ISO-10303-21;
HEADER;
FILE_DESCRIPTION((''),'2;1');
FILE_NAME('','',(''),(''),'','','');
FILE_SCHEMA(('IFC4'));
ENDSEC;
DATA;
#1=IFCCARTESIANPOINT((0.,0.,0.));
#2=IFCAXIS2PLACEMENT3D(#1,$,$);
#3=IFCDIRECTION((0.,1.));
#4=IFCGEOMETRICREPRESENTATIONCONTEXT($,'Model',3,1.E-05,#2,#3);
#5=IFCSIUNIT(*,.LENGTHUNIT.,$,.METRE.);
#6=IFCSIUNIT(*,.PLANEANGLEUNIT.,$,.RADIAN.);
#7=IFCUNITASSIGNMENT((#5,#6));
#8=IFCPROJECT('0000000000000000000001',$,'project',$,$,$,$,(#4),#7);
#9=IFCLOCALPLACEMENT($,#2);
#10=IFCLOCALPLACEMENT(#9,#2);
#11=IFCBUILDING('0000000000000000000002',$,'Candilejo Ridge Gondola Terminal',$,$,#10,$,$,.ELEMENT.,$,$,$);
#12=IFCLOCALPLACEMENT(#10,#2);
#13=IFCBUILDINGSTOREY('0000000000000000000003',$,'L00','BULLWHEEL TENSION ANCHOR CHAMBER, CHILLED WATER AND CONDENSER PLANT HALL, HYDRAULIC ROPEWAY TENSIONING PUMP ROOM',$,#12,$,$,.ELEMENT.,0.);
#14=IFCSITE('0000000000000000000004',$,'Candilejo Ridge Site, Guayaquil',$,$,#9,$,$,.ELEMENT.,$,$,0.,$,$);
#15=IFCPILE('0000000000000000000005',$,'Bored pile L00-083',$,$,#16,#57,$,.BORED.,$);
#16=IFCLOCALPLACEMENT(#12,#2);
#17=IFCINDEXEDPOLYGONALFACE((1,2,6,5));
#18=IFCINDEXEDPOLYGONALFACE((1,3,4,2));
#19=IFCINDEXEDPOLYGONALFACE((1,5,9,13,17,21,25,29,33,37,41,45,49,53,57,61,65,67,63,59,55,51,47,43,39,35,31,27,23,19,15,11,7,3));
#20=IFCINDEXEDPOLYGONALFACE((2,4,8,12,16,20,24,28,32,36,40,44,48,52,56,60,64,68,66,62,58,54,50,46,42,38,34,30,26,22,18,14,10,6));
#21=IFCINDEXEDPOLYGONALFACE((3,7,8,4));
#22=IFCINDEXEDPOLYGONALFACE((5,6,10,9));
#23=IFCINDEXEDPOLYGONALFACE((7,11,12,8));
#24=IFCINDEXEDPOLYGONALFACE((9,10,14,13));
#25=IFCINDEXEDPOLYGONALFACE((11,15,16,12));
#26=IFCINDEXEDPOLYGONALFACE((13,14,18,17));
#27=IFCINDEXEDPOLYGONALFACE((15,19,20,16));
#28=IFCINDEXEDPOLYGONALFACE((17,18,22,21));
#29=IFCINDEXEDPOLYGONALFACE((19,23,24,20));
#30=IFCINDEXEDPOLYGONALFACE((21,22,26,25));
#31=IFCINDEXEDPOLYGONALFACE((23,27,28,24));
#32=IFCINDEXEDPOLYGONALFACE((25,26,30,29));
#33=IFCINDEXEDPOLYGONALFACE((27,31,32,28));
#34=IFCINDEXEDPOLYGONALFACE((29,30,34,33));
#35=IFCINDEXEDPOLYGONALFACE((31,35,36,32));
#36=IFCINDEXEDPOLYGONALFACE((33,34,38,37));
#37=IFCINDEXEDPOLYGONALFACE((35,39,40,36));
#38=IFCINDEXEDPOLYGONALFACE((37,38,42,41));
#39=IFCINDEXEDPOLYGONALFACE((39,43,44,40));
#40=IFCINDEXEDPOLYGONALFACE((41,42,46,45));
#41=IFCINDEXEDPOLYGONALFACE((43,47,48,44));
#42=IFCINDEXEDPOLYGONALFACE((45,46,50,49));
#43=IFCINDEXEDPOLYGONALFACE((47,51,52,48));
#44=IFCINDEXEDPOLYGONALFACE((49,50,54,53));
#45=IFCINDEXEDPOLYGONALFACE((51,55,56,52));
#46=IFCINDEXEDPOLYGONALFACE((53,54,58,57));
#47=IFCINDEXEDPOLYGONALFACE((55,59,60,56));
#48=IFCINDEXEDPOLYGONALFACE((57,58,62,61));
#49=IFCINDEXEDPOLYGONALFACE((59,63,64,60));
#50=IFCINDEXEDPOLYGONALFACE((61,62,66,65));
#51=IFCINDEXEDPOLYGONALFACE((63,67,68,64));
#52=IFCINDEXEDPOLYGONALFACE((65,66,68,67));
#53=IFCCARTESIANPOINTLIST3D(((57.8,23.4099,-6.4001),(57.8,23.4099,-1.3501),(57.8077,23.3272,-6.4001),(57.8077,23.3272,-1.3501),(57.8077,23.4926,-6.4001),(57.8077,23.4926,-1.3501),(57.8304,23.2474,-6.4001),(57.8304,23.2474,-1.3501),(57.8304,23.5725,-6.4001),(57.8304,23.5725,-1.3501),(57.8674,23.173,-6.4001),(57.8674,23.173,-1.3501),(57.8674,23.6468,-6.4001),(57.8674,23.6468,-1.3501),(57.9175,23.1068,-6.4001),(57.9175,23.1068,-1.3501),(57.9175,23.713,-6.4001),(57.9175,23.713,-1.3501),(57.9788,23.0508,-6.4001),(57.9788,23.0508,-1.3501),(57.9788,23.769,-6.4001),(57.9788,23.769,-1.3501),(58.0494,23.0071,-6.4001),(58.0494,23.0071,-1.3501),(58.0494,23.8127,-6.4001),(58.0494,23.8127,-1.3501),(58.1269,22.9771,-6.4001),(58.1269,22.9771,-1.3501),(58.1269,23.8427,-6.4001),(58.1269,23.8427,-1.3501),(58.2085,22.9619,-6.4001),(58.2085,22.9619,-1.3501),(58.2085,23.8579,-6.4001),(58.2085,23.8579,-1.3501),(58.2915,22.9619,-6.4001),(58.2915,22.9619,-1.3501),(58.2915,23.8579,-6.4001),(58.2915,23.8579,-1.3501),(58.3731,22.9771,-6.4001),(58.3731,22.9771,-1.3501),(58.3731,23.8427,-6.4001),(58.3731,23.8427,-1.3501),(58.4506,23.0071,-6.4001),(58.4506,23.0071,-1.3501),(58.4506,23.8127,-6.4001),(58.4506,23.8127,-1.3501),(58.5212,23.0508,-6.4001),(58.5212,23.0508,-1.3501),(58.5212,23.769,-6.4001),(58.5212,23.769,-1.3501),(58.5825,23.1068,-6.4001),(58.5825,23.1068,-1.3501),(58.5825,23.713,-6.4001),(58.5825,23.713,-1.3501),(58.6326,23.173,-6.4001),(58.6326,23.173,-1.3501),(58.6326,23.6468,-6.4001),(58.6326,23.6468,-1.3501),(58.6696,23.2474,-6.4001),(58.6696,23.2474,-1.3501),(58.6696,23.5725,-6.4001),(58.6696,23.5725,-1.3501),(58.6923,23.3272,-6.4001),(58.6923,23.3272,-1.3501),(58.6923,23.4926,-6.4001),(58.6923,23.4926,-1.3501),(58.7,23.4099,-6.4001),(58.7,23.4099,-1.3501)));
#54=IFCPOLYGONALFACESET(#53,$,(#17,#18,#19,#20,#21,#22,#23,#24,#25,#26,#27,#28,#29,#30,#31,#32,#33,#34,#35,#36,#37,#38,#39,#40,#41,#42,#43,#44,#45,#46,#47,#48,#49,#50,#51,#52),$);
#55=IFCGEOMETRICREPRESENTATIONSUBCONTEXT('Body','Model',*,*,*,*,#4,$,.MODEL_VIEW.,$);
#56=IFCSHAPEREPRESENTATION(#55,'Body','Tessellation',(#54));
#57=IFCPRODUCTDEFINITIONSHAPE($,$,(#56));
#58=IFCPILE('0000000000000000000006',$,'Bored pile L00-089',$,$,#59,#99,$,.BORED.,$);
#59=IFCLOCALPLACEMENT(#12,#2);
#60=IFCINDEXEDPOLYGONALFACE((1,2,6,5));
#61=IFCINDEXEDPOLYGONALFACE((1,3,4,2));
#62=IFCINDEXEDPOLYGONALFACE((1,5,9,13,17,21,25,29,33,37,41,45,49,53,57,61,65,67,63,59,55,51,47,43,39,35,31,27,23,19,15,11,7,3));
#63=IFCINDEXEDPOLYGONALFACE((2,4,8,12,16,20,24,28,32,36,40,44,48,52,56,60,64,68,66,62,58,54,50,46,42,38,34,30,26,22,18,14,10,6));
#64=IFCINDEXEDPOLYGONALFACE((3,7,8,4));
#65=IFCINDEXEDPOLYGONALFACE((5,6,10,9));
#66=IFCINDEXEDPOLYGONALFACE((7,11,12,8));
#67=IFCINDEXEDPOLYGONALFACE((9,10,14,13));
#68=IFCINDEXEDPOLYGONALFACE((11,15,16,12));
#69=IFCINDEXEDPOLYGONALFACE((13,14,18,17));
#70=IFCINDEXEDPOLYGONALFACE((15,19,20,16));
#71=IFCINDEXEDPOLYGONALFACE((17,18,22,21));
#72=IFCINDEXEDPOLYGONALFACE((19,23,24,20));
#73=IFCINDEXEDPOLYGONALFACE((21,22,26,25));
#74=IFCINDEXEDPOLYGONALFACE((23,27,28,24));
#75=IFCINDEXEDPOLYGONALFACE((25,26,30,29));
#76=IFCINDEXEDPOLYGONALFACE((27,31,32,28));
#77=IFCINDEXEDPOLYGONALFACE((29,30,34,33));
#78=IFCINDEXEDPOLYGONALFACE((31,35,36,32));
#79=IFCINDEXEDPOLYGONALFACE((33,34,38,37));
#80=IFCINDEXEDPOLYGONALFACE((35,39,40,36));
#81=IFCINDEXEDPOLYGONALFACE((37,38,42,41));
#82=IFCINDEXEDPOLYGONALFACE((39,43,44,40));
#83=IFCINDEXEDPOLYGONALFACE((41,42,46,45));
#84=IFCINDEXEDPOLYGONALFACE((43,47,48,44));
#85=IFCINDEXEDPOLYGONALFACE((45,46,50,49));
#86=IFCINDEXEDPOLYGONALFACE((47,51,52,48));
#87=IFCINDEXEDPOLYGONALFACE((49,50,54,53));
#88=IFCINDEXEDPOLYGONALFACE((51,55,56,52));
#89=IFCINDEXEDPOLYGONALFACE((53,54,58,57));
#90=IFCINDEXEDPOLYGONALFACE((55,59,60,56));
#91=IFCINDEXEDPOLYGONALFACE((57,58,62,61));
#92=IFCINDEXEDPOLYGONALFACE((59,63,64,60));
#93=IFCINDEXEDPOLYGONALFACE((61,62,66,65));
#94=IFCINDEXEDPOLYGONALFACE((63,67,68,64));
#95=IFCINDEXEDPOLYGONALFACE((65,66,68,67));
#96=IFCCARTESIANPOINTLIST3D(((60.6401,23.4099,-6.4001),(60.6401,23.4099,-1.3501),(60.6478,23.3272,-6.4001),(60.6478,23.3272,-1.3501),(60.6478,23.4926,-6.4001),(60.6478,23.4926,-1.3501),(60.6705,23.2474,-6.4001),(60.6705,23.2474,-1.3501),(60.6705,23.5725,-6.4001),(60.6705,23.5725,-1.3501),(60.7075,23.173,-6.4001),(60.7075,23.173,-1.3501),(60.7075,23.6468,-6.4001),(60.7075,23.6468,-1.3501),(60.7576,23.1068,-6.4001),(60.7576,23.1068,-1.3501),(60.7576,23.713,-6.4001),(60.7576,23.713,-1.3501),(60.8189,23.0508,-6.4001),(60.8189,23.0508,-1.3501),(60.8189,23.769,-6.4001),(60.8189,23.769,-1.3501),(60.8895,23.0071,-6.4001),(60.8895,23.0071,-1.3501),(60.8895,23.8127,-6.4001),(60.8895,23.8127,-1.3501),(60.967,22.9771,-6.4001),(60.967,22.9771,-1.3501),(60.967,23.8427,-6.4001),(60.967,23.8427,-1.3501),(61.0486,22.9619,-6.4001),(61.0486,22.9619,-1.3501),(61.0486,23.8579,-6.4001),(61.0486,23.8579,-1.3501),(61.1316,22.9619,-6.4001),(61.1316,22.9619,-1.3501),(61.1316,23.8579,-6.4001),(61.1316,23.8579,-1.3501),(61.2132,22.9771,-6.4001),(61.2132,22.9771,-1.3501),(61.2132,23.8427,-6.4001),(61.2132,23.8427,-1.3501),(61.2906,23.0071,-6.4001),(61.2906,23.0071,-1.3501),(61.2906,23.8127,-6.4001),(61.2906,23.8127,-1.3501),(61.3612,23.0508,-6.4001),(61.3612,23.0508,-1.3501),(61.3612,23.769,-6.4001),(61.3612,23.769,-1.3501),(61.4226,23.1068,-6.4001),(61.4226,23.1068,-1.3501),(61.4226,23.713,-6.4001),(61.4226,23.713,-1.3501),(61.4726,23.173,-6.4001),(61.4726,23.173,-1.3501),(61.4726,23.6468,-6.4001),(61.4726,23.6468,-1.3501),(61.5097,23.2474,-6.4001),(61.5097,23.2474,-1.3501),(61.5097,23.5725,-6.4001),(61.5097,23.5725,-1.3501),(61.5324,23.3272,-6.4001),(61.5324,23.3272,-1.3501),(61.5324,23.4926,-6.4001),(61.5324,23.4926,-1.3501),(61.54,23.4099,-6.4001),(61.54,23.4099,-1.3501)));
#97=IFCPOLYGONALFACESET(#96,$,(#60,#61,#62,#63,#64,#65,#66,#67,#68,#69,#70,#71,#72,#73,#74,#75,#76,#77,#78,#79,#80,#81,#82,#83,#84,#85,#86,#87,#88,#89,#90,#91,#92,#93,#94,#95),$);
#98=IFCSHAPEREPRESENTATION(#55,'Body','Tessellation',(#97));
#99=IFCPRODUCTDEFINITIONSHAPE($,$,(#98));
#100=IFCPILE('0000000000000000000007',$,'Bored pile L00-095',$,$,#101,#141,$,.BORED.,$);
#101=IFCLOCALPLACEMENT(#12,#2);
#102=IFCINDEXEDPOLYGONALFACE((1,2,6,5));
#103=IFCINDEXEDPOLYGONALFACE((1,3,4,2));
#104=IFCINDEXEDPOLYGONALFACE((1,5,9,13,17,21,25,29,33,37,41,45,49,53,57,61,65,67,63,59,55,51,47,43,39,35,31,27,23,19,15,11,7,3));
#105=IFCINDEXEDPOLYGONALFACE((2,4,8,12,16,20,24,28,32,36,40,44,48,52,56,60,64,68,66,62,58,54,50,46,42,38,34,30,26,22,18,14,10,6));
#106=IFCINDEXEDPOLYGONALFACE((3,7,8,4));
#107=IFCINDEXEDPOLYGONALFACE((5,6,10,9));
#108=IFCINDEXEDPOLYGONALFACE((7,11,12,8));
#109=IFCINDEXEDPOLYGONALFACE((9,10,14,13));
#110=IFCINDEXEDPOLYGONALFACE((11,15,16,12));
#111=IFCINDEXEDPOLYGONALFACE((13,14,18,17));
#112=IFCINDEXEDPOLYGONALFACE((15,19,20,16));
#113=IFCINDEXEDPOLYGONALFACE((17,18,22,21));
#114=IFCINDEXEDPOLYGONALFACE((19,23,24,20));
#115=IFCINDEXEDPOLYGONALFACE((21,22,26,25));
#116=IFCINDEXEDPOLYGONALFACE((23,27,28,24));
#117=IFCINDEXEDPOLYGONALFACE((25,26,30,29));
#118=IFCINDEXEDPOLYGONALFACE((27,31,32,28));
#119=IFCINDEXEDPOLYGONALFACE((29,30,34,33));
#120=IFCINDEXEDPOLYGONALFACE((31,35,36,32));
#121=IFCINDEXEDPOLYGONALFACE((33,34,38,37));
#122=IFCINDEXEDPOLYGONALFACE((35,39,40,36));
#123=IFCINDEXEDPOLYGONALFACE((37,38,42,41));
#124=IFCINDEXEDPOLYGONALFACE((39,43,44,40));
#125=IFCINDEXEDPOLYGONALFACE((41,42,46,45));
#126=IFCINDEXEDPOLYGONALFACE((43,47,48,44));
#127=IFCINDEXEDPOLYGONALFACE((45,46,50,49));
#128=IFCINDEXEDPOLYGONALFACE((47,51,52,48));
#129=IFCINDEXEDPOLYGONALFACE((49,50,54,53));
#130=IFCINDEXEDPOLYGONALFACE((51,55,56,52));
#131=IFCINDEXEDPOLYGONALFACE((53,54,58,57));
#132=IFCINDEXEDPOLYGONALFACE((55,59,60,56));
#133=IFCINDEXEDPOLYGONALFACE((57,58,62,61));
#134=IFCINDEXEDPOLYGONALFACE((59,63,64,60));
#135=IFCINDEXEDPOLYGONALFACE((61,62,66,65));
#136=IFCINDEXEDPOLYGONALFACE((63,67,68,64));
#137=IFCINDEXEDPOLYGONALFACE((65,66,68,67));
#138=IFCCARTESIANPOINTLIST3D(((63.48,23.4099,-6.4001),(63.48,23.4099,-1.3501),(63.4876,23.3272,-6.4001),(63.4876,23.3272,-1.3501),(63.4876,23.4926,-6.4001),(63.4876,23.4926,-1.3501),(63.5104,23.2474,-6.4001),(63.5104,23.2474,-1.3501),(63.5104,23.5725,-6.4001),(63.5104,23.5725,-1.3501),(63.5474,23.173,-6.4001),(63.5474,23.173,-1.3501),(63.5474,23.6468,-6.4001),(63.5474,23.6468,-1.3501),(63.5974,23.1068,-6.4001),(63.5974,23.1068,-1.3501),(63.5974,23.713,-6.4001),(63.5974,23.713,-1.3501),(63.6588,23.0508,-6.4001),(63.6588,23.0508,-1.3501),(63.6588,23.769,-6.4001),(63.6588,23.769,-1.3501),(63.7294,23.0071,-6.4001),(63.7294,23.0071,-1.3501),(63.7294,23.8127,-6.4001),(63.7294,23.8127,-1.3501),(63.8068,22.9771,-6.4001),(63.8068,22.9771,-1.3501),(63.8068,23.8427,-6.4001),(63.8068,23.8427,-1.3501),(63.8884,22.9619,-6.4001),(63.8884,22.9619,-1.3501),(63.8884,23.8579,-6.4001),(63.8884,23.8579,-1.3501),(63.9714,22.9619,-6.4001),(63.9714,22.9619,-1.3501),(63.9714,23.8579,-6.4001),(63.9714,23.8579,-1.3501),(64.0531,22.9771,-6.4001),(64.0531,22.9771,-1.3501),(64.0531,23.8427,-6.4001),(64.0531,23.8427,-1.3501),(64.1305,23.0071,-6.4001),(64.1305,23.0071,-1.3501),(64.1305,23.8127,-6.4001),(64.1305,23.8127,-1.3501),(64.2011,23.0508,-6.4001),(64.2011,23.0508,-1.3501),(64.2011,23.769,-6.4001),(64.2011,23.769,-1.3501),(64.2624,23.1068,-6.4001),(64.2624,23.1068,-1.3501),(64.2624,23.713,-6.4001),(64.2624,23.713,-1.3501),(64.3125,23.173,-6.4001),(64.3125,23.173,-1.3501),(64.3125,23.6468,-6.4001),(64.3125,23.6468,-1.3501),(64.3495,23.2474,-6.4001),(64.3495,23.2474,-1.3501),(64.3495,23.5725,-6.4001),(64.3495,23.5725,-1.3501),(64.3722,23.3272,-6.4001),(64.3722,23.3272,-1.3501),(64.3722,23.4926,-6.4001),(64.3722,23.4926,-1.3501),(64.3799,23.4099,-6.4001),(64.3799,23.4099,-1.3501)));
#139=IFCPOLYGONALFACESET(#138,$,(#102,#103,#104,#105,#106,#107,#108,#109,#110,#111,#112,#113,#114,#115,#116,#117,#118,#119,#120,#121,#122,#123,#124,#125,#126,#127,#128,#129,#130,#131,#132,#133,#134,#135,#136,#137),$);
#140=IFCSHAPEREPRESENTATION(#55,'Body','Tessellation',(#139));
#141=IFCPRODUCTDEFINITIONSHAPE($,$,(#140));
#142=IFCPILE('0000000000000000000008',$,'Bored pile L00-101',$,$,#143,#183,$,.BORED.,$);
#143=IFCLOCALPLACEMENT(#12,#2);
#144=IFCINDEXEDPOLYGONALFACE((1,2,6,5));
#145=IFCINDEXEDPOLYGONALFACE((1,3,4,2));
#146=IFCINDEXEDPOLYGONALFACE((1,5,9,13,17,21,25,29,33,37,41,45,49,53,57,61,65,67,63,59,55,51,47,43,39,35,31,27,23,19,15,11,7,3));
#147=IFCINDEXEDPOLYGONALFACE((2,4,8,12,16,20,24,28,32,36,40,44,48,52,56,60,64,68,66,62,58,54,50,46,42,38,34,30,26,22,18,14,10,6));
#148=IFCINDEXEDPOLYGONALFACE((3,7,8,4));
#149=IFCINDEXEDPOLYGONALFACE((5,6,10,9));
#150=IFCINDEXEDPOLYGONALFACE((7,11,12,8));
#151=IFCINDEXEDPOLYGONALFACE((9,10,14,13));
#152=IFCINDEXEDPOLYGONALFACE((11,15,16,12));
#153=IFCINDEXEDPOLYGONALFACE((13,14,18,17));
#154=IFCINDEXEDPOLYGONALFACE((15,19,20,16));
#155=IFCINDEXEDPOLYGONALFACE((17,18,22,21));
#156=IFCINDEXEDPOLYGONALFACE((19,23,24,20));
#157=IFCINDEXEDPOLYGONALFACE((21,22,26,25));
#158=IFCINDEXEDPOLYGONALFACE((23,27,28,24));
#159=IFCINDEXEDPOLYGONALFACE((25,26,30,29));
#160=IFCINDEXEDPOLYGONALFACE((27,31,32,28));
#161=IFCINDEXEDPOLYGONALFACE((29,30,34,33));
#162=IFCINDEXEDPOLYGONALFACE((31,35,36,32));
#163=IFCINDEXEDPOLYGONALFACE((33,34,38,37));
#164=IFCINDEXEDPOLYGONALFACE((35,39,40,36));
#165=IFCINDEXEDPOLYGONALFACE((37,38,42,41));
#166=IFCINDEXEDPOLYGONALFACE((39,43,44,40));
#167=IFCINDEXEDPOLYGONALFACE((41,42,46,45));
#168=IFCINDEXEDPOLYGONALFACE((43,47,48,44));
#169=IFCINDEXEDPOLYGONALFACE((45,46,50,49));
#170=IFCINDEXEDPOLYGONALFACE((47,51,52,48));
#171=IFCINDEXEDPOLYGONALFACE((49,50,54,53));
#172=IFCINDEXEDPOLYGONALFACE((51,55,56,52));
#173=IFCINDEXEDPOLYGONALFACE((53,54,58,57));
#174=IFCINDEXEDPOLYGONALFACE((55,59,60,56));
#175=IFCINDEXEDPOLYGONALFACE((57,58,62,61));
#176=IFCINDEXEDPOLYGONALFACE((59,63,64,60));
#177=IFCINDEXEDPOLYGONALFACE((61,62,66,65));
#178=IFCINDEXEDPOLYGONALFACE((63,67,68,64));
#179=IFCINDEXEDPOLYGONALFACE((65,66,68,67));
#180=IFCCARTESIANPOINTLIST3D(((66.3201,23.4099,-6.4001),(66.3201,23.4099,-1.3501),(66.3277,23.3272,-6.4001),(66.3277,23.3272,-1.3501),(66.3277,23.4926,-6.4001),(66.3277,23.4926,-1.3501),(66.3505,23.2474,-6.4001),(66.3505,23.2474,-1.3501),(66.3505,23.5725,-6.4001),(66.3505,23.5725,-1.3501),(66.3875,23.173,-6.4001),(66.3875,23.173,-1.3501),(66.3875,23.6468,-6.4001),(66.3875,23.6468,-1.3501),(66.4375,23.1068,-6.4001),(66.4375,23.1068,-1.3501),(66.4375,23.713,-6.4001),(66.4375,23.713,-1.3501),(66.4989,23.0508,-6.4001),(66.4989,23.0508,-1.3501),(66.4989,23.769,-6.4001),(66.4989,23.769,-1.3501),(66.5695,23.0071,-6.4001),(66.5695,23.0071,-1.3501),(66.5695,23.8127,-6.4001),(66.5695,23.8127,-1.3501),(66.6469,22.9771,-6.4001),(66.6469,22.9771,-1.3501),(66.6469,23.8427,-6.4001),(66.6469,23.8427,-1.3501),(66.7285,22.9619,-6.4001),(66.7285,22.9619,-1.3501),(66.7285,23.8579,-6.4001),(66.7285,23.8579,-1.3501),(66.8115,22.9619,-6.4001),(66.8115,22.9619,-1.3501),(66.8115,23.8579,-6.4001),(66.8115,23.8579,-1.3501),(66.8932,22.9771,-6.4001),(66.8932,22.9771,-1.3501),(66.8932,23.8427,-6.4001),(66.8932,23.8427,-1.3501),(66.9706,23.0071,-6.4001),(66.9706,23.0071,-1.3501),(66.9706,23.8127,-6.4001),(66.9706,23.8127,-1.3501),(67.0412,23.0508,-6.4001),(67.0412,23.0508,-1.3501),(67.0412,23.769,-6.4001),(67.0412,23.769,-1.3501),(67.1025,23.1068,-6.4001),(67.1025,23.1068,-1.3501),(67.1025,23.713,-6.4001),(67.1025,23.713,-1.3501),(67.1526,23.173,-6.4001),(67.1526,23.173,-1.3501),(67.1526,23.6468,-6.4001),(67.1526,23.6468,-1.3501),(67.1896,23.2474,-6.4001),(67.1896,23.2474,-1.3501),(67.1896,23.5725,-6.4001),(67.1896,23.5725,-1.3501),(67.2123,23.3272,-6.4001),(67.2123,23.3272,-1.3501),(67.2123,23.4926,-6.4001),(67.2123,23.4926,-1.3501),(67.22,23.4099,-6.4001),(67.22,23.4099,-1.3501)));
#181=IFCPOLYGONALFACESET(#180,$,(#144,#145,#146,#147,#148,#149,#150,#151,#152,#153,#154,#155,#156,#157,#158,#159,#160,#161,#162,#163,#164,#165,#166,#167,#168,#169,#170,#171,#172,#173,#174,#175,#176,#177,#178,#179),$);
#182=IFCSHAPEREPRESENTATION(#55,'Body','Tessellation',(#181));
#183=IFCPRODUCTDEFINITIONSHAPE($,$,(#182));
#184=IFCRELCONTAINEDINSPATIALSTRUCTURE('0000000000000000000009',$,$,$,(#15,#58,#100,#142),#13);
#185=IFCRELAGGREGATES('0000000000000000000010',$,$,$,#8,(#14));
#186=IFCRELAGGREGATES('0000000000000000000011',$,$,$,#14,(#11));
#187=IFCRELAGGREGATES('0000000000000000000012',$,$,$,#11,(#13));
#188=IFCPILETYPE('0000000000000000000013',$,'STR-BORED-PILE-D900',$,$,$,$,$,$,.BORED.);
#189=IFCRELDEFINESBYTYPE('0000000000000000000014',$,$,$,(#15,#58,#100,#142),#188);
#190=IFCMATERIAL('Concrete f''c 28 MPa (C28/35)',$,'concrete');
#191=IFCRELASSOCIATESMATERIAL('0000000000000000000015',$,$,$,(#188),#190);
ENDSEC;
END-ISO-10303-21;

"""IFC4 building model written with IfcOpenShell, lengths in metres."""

from ifc_helpers import new_model, si_unit, direction, frame, origin, origin_2d, place, context, subcontext, project, spatial, circle, extrude, material, material_profile, profile_set, type_object, element, save


model = new_model("IFC4")

# Units and contexts
model_context = context("Model", 3, precision=1e-05, world=origin(), true_north=direction((0.0, 1.0)))
body_context = subcontext(model_context, "Body", "Model", "MODEL_VIEW")
ifc_project = project(units=[si_unit("LENGTHUNIT", "METRE"), si_unit("PLANEANGLEUNIT", "RADIAN")], contexts=[model_context])

# Site, building, storey
site_placement = place(None, origin())
site = spatial("IfcSite", under=ifc_project, at=site_placement, Name="Candilejo Ridge Site, Guayaquil", CompositionType="ELEMENT", RefElevation=0.0)
building_placement = place(site_placement, origin())
building = spatial("IfcBuilding", under=site, at=building_placement, Name="Candilejo Ridge Gondola Terminal", CompositionType="ELEMENT")
storey_placement = place(building_placement, origin())
storey = spatial("IfcBuildingStorey", under=building, at=storey_placement, Name="L00", Description="BULLWHEEL TENSION ANCHOR CHAMBER, CHILLED WATER AND CONDENSER PLANT HALL, HYDRAULIC ROPEWAY TENSIONING PUMP ROOM", CompositionType="ELEMENT", Elevation=0.0)

# Piles
ifc_material_1 = material(Name="Concrete f'c 28 MPa (C28/35)", Category="concrete")
ifc_material_profile_1 = material_profile(ifc_material_1, circle(Radius=0.45, at=origin_2d()))
ifc_profile_set_1 = profile_set([ifc_material_profile_1], Name="Concrete f'c 28 MPa (C28/35)")
pile_type = type_object("IfcPileType", Name="STR-BORED-PILE-D900", PredefinedType="BORED", material=ifc_profile_set_1)
for number, where, z_axis, x_axis, name in (
    (1, (58.25, 23.4099, -1.3501), (0.0, 0.0, -1.0), (1.0, 0.0, 0.0), "Bored pile L00-083"),
    (2, (61.0901, 23.4099, -1.3501), (0.0, 0.0, -1.0), (1.0, 0.0, 0.0), "Bored pile L00-089"),
    (3, (63.9299, 23.4099, -1.3501), (0.0, 0.0, -1.0), (1.0, 0.0, 0.0), "Bored pile L00-095"),
    (4, (66.77, 23.4099, -1.3501), (0.0, 0.0, -1.0), (1.0, 0.0, 0.0), "Bored pile L00-101"),
):
    element("IfcPile", number, at=place(storey_placement, frame(where, z_axis=z_axis, x_axis=x_axis)), inside=storey, type_object=pile_type, Name=name, PredefinedType="BORED", context=body_context, shape_type="SweptSolid", body=[
        extrude(circle(Radius=0.45, at=origin_2d()), origin(), (0.0, 0.0, 1.0), 5.05),
    ])

save(model, "model.ifc")
